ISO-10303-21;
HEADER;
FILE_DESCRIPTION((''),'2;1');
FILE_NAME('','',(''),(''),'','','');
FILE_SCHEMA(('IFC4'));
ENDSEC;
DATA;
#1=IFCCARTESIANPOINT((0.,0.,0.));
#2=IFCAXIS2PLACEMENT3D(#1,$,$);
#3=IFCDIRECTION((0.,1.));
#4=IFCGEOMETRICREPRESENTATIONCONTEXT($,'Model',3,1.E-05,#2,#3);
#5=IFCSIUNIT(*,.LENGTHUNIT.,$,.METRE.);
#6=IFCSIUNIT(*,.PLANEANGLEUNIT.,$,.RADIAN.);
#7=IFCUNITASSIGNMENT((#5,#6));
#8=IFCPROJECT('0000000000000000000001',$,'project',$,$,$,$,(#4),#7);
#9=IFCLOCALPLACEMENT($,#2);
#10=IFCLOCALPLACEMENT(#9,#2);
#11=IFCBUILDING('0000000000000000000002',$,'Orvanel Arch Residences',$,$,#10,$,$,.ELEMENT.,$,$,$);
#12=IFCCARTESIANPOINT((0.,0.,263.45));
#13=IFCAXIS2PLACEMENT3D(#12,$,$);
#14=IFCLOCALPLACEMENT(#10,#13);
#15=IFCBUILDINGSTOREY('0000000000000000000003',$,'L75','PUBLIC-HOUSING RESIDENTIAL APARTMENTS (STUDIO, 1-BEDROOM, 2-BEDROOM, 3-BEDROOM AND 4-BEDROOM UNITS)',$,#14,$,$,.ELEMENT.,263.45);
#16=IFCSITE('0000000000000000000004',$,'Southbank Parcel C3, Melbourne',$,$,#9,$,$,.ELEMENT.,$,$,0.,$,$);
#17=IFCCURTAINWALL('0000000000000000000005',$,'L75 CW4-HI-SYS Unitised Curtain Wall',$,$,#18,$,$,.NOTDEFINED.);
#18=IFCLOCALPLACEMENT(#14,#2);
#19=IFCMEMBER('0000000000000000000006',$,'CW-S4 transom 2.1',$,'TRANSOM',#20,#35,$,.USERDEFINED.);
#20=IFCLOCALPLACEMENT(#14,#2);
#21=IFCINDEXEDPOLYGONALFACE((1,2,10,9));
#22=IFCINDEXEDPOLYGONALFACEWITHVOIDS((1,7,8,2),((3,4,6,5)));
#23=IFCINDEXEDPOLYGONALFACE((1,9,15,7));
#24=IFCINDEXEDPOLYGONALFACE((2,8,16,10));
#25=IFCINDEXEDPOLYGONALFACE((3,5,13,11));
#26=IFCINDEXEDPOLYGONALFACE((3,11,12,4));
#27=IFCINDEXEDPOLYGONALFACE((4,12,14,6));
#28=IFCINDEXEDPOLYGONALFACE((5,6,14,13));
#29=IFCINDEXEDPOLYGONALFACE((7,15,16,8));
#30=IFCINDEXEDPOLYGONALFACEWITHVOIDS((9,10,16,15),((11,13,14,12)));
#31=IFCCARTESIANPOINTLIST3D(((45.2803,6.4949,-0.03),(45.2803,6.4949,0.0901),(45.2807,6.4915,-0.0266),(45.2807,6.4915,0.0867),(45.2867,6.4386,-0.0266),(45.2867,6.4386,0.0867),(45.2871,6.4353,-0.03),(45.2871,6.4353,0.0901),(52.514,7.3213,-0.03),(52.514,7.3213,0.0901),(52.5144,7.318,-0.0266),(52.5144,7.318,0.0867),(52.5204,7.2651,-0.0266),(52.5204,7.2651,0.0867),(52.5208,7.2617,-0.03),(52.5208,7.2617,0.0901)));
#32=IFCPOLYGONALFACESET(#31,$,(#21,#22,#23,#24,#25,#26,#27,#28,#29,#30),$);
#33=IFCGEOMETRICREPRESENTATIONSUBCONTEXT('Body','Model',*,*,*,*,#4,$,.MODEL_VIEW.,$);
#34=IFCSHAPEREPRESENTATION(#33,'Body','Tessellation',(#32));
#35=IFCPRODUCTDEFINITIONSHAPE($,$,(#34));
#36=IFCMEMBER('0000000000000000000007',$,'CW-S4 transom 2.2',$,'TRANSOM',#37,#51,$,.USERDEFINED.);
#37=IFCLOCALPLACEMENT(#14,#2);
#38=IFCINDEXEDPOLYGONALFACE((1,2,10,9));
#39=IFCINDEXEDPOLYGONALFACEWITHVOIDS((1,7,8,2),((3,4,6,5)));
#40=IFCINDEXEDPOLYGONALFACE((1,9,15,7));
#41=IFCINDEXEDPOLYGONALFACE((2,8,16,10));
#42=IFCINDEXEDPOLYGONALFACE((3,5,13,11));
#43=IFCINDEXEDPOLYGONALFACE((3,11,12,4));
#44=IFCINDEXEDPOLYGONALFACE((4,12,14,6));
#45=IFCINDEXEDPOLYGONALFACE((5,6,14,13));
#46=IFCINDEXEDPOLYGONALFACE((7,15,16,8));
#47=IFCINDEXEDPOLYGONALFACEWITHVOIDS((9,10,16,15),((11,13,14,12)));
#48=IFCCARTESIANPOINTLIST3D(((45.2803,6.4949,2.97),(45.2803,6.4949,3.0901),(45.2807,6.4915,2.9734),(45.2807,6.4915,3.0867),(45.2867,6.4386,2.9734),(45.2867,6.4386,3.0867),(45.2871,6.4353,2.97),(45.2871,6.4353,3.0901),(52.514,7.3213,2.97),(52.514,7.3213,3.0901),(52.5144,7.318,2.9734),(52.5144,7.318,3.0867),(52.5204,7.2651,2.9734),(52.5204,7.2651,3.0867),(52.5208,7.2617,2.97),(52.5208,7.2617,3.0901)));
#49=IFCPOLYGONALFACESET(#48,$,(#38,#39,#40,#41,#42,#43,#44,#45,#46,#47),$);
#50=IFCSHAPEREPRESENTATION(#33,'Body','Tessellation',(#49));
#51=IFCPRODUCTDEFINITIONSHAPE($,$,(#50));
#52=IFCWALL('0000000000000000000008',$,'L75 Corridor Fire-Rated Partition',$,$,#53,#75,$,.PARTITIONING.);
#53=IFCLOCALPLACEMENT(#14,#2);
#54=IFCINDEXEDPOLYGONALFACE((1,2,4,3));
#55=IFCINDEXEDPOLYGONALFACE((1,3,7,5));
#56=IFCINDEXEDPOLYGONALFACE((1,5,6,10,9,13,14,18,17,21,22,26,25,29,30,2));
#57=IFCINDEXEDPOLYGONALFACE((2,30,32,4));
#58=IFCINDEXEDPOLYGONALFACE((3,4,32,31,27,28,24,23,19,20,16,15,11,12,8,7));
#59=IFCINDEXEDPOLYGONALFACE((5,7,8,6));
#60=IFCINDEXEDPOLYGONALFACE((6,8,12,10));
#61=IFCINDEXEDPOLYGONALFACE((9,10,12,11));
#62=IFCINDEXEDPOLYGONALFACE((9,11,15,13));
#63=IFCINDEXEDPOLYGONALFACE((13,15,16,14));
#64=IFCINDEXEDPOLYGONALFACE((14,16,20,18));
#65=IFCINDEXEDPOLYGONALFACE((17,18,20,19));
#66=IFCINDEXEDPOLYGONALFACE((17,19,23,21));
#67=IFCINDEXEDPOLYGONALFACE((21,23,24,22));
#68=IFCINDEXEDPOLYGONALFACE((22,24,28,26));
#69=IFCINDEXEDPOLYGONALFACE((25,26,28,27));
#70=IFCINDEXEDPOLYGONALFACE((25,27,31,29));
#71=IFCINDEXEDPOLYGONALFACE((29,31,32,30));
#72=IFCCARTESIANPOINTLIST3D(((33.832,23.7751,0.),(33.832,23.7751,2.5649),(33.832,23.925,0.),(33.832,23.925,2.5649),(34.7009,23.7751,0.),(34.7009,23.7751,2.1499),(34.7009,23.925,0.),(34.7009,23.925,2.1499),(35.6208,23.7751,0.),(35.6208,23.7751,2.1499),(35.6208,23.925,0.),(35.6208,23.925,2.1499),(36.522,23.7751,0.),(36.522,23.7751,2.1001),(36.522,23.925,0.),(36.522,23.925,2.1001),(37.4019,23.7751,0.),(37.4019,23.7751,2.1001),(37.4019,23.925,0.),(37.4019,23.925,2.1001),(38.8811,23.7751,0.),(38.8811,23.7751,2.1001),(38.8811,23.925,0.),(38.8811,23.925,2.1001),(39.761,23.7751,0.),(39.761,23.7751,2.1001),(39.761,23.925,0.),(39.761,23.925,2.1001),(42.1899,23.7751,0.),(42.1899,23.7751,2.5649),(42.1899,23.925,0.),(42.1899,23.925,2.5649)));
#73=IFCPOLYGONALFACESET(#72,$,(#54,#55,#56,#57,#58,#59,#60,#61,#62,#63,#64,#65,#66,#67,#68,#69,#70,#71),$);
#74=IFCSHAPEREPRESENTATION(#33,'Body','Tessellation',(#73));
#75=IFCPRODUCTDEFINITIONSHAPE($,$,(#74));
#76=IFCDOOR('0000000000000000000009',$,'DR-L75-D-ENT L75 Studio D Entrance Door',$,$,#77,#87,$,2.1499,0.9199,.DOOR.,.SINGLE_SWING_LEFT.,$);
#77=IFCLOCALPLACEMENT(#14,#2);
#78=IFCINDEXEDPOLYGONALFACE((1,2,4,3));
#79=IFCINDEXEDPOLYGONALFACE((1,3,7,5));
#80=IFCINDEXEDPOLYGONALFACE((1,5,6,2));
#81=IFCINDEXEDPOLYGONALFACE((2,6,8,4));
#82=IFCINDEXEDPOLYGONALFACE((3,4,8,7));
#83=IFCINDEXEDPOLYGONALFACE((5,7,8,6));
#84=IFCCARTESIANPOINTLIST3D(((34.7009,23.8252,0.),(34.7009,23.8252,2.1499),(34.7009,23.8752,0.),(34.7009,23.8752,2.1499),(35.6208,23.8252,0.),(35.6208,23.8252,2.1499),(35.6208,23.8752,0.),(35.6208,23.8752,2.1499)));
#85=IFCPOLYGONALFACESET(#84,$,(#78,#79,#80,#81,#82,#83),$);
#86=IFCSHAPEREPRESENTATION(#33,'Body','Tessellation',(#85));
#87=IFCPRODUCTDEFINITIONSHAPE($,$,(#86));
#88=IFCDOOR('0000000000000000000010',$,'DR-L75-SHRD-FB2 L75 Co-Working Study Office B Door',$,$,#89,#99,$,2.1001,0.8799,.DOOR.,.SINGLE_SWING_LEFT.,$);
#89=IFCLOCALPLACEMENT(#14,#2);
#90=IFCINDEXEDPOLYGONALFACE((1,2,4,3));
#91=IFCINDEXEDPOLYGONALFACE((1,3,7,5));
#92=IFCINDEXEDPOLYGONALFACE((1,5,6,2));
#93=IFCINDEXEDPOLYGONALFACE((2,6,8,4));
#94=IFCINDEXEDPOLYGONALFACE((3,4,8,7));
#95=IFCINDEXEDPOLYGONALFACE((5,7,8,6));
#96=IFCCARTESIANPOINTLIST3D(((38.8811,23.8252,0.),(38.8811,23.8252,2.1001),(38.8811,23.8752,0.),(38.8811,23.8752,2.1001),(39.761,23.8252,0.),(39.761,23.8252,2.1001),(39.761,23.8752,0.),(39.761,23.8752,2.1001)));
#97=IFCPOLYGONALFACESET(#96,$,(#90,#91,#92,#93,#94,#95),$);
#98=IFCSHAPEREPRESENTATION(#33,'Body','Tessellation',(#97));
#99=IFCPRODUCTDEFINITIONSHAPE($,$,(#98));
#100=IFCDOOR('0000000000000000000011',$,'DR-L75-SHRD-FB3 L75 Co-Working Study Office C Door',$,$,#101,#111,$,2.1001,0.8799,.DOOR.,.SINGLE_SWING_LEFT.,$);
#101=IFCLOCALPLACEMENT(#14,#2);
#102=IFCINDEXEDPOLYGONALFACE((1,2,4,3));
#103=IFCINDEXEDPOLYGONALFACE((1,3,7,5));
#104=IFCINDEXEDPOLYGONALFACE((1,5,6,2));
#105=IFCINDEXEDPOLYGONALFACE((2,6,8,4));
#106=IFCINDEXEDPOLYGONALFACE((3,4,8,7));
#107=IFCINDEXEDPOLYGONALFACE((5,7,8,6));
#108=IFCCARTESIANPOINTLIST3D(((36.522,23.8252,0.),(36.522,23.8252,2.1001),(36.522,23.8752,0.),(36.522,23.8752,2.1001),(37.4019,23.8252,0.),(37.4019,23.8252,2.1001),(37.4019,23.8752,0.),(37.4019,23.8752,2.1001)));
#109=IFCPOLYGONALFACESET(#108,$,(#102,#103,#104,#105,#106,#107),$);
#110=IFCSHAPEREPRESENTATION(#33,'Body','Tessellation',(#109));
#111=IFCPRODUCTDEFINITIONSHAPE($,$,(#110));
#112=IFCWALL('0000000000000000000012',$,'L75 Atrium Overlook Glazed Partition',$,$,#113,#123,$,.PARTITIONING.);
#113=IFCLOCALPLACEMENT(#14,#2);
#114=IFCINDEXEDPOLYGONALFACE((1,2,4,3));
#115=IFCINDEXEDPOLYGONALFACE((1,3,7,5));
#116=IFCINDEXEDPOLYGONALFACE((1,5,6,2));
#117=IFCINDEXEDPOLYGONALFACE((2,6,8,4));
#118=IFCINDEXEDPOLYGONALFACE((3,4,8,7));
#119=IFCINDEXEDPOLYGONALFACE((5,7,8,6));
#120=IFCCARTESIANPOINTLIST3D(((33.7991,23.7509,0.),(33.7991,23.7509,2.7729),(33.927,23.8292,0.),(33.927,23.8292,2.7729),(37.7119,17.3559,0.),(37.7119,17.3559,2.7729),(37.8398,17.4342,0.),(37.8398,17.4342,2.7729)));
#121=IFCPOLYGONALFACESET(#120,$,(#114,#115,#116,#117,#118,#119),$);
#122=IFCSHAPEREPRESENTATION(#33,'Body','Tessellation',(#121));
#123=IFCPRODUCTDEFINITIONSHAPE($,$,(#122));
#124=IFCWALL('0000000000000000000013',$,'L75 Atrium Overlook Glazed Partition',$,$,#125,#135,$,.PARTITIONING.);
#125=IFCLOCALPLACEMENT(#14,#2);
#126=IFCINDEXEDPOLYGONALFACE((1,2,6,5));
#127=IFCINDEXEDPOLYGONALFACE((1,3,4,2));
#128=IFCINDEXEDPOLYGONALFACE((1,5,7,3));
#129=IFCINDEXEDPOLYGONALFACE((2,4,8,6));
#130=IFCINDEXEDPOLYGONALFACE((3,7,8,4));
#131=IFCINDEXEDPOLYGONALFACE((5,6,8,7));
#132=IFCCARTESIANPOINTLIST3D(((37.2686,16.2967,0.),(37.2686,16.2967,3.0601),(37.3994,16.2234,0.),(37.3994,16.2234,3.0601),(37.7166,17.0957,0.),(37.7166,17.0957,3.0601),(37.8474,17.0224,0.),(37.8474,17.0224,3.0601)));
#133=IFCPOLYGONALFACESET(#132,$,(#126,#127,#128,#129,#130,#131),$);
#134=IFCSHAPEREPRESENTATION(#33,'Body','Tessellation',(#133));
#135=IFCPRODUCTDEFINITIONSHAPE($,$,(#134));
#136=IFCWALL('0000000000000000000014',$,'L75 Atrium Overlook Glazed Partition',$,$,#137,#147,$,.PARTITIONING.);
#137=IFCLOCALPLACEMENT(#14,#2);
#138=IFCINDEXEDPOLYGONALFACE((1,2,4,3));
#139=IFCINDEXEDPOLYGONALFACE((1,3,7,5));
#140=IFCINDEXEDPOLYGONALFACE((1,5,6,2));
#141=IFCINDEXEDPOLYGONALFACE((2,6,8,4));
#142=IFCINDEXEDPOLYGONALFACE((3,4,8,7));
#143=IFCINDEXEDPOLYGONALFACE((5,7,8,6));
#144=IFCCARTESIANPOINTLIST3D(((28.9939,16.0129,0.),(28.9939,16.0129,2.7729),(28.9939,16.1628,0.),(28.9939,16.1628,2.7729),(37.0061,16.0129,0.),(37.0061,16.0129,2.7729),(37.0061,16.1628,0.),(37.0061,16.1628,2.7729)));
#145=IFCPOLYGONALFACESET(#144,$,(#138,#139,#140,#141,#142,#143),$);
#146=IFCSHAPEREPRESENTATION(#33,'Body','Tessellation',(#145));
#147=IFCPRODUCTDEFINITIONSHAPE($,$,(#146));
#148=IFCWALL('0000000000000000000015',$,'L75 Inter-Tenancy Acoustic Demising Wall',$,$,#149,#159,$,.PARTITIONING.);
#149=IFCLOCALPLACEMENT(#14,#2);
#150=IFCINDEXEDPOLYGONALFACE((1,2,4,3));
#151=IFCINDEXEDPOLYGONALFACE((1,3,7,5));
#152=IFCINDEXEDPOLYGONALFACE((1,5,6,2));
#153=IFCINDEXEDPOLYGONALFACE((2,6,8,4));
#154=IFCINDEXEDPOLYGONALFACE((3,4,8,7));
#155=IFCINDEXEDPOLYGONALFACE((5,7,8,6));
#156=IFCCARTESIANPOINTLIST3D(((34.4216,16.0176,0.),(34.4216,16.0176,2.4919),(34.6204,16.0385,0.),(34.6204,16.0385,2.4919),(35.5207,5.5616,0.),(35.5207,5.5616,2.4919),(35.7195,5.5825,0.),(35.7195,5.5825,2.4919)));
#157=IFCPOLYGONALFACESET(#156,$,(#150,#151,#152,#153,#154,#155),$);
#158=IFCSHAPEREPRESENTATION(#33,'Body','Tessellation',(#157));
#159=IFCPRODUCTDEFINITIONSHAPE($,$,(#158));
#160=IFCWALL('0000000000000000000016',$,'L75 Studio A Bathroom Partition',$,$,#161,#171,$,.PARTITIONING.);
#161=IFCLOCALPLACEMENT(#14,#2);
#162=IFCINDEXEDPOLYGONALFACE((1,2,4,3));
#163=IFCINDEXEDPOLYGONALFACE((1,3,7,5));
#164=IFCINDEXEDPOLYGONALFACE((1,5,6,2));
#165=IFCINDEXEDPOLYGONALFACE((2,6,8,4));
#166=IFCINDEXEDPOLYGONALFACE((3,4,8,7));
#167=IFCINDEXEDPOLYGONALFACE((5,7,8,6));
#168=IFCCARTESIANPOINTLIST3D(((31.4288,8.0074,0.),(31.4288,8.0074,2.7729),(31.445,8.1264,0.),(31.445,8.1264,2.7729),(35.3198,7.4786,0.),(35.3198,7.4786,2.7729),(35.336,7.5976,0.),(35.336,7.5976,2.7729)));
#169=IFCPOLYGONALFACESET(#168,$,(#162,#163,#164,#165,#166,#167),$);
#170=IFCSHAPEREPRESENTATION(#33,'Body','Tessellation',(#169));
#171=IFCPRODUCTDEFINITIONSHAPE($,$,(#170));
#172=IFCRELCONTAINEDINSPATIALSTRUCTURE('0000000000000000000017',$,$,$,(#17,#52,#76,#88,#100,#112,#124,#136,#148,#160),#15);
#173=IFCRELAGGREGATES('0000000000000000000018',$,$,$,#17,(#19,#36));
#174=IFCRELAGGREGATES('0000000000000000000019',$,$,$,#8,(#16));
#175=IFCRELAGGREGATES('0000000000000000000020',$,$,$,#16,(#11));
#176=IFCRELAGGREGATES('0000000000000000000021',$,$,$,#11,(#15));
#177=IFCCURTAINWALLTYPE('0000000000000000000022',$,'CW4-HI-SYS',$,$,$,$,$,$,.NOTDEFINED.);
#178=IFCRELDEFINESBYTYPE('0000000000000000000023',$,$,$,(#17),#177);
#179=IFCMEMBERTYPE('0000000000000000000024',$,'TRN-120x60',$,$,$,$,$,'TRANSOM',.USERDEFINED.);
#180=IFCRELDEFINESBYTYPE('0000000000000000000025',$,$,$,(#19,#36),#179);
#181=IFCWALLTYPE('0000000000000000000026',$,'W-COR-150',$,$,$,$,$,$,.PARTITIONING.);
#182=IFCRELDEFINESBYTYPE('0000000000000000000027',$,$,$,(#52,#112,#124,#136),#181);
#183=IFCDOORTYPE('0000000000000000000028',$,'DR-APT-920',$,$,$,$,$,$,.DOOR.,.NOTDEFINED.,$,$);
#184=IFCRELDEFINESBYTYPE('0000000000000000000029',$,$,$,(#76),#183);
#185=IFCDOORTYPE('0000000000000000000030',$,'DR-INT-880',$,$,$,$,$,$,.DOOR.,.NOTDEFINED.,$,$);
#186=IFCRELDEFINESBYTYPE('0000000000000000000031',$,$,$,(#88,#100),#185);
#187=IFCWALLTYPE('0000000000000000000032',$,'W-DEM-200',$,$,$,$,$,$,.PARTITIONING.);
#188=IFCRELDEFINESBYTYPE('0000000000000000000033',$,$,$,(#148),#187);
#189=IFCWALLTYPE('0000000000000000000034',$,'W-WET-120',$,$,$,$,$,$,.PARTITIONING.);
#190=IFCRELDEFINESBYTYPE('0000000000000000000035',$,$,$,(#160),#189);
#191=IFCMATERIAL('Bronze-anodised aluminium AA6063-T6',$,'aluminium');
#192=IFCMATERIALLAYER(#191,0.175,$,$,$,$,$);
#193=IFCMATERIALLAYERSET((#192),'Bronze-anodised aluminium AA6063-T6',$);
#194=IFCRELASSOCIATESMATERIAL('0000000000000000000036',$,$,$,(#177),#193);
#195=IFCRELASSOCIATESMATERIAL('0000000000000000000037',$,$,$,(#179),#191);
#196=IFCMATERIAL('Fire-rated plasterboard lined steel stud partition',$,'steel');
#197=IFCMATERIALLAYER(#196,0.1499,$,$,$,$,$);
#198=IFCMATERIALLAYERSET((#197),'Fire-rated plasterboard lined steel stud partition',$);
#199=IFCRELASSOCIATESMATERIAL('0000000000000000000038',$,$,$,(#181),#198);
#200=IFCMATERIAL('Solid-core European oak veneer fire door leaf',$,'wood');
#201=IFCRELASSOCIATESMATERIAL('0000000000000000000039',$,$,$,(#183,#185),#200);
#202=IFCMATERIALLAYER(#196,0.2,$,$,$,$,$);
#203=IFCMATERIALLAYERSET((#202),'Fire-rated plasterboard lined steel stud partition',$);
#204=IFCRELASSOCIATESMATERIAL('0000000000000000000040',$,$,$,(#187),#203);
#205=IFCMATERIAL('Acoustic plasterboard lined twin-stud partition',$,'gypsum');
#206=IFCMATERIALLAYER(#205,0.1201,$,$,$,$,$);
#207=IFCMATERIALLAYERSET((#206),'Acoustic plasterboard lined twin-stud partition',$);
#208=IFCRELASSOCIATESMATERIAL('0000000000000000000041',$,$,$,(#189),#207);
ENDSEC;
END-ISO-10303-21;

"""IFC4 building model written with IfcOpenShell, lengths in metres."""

from ifc_helpers import new_model, si_unit, direction, frame, frame_2d, origin, origin_2d, place, context, subcontext, project, spatial, rectangle, hollow_rectangle, extrude, material, layer, layer_set, material_profile, profile_set, type_object, element, fill, aggregate, save


model = new_model("IFC4")

# Units and contexts
model_context = context("Model", 3, precision=1e-05, world=origin(), true_north=direction((0.0, 1.0)))
body_context = subcontext(model_context, "Body", "Model", "MODEL_VIEW")
ifc_project = project(units=[si_unit("LENGTHUNIT", "METRE"), si_unit("PLANEANGLEUNIT", "RADIAN")], contexts=[model_context])

# Site, building, storey
site_placement = place(None, origin())
site = spatial("IfcSite", under=ifc_project, at=site_placement, Name="Southbank Parcel C3, Melbourne", CompositionType="ELEMENT", RefElevation=0.0)
building_placement = place(site_placement, origin())
building = spatial("IfcBuilding", under=site, at=building_placement, Name="Orvanel Arch Residences", CompositionType="ELEMENT")
storey_placement = place(building_placement, frame((0.0, 0.0, 263.45)))
storey = spatial("IfcBuildingStorey", under=building, at=storey_placement, Name="L75", Description="PUBLIC-HOUSING RESIDENTIAL APARTMENTS (STUDIO, 1-BEDROOM, 2-BEDROOM, 3-BEDROOM AND 4-BEDROOM UNITS)", CompositionType="ELEMENT", Elevation=263.45)

# Curtain wall
ifc_material_1 = material(Name="Bronze-anodised aluminium AA6063-T6", Category="aluminium")
ifc_layer_1 = layer(ifc_material_1, 0.175)
ifc_layer_set_1 = layer_set([ifc_layer_1], Name="Bronze-anodised aluminium AA6063-T6")
curtain_wall_type = type_object("IfcCurtainWallType", Name="CW4-HI-SYS", PredefinedType="NOTDEFINED", material=ifc_layer_set_1)
curtain_wall_placement = place(storey_placement, origin())
curtain_wall = element("IfcCurtainWall", 1, at=curtain_wall_placement, inside=storey, type_object=curtain_wall_type, Name="L75 CW4-HI-SYS Unitised Curtain Wall", PredefinedType="NOTDEFINED")

# Members
ifc_material_profile_1 = material_profile(ifc_material_1, hollow_rectangle(XDim=0.0601, YDim=0.1201, WallThickness=0.0034, at=origin_2d()), Name="ALU120x60x3.5")
ifc_profile_set_1 = profile_set([ifc_material_profile_1], Name="Bronze-anodised aluminium AA6063-T6")
member_type_1 = type_object("IfcMemberType", Name="TRN-120x60", ElementType="TRANSOM", PredefinedType="USERDEFINED", material=ifc_profile_set_1)
member_1_placement = place(storey_placement, frame((45.2837, 6.4651, 0.03), z_axis=(0.993537, 0.113508, 0.0), x_axis=(-0.113508, 0.993537, 0.0)))
member_1 = element("IfcMember", 2, at=member_1_placement, type_object=member_type_1, Name="CW-S4 transom 2.1", ObjectType="TRANSOM", PredefinedType="USERDEFINED", context=body_context, shape_type="SweptSolid", body=[
    extrude(hollow_rectangle(XDim=0.0601, YDim=0.1201, WallThickness=0.0034, at=origin_2d()), origin(), (0.0, 0.0, 1.0), 7.2808),
])
member_2_placement = place(storey_placement, frame((45.2837, 6.4651, 3.03), z_axis=(0.993537, 0.113508, 0.0), x_axis=(-0.113508, 0.993537, 0.0)))
member_2 = element("IfcMember", 3, at=member_2_placement, type_object=member_type_1, Name="CW-S4 transom 2.2", ObjectType="TRANSOM", PredefinedType="USERDEFINED", context=body_context, shape_type="SweptSolid", body=[
    extrude(hollow_rectangle(XDim=0.0601, YDim=0.1201, WallThickness=0.0034, at=origin_2d()), origin(), (0.0, 0.0, 1.0), 7.2808),
])
aggregate(curtain_wall, [member_1, member_2])

# Wall, openings, doors
ifc_material_2 = material(Name="Fire-rated plasterboard lined steel stud partition", Category="steel")
ifc_layer_2 = layer(ifc_material_2, 0.1499)
ifc_layer_set_2 = layer_set([ifc_layer_2], Name="Fire-rated plasterboard lined steel stud partition")
wall_type_1 = type_object("IfcWallType", Name="W-COR-150", PredefinedType="PARTITIONING", material=ifc_layer_set_2)
wall_1_placement = place(storey_placement, frame((42.1899, 23.8501, 0.0), z_axis=(0.0, 0.0, 1.0), x_axis=(-1.0, 0.0, 0.0)))
wall_1 = element("IfcWall", 4, at=wall_1_placement, inside=storey, type_object=wall_type_1, Name="L75 Corridor Fire-Rated Partition", PredefinedType="PARTITIONING", context=body_context, shape_type="SweptSolid", body=[
    extrude(rectangle(XDim=8.3579, YDim=0.1499, at=frame_2d((4.179, 0.0))), origin(), (0.0, 0.0, 1.0), 2.5649),
])
opening_1_placement = place(wall_1_placement, frame((2.429, 0.0, 0.0)))
opening_1 = element("IfcOpeningElement", 5, at=opening_1_placement, cuts=wall_1, PredefinedType="OPENING", context=body_context, shape_type="SweptSolid", body=[
    extrude(rectangle(XDim=0.8799, YDim=2.1001, at=frame_2d((0.4399, 1.05))), frame((0.0, 0.085, 0.0), z_axis=(0.0, -1.0, 0.0), x_axis=(1.0, 0.0, 0.0)), (0.0, 0.0, 1.0), 0.1699),
])
opening_2_placement = place(wall_1_placement, frame((4.7881, 0.0, 0.0)))
opening_2 = element("IfcOpeningElement", 6, at=opening_2_placement, cuts=wall_1, PredefinedType="OPENING", context=body_context, shape_type="SweptSolid", body=[
    extrude(rectangle(XDim=0.8799, YDim=2.1001, at=frame_2d((0.4399, 1.05))), frame((0.0, 0.085, 0.0), z_axis=(0.0, -1.0, 0.0), x_axis=(1.0, 0.0, 0.0)), (0.0, 0.0, 1.0), 0.1699),
])
opening_3_placement = place(wall_1_placement, frame((6.5691, 0.0, 0.0)))
opening_3 = element("IfcOpeningElement", 7, at=opening_3_placement, cuts=wall_1, PredefinedType="OPENING", context=body_context, shape_type="SweptSolid", body=[
    extrude(rectangle(XDim=0.9199, YDim=2.1499, at=frame_2d((0.46, 1.075))), frame((0.0, 0.085, 0.0), z_axis=(0.0, -1.0, 0.0), x_axis=(1.0, 0.0, 0.0)), (0.0, 0.0, 1.0), 0.1699),
])
ifc_material_3 = material(Name="Solid-core European oak veneer fire door leaf", Category="wood")
door_type_1 = type_object("IfcDoorType", Name="DR-APT-920", OperationType="NOTDEFINED", PredefinedType="DOOR", material=ifc_material_3)
door_1_placement = place(opening_3_placement, origin())
door_1 = element("IfcDoor", 8, at=door_1_placement, inside=storey, type_object=door_type_1, Name="DR-L75-D-ENT L75 Studio D Entrance Door", OperationType="SINGLE_SWING_LEFT", OverallHeight=2.1499, OverallWidth=0.9199, PredefinedType="DOOR", context=body_context, shape_type="SweptSolid", body=[
    extrude(rectangle(XDim=0.9199, YDim=2.1499, at=frame_2d((0.46, 1.075))), frame((0.0, 0.0249, 0.0), z_axis=(0.0, -1.0, 0.0), x_axis=(1.0, 0.0, 0.0)), (0.0, 0.0, 1.0), 0.05),
])
fill(opening_3, door_1)
door_type_2 = type_object("IfcDoorType", Name="DR-INT-880", OperationType="NOTDEFINED", PredefinedType="DOOR", material=ifc_material_3)
door_2_placement = place(opening_1_placement, origin())
door_2 = element("IfcDoor", 9, at=door_2_placement, inside=storey, type_object=door_type_2, Name="DR-L75-SHRD-FB2 L75 Co-Working Study Office B Door", OperationType="SINGLE_SWING_LEFT", OverallHeight=2.1001, OverallWidth=0.8799, PredefinedType="DOOR", context=body_context, shape_type="SweptSolid", body=[
    extrude(rectangle(XDim=0.8799, YDim=2.1001, at=frame_2d((0.4399, 1.05))), frame((0.0, 0.0249, 0.0), z_axis=(0.0, -1.0, 0.0), x_axis=(1.0, 0.0, 0.0)), (0.0, 0.0, 1.0), 0.05),
])
fill(opening_1, door_2)
door_3_placement = place(opening_2_placement, origin())
door_3 = element("IfcDoor", 10, at=door_3_placement, inside=storey, type_object=door_type_2, Name="DR-L75-SHRD-FB3 L75 Co-Working Study Office C Door", OperationType="SINGLE_SWING_LEFT", OverallHeight=2.1001, OverallWidth=0.8799, PredefinedType="DOOR", context=body_context, shape_type="SweptSolid", body=[
    extrude(rectangle(XDim=0.8799, YDim=2.1001, at=frame_2d((0.4399, 1.05))), frame((0.0, 0.0249, 0.0), z_axis=(0.0, -1.0, 0.0), x_axis=(1.0, 0.0, 0.0)), (0.0, 0.0, 1.0), 0.05),
])
fill(opening_2, door_3)

# Walls
wall_2_placement = place(storey_placement, frame((33.863, 23.79, 0.0), z_axis=(0.0, 0.0, 1.0), x_axis=(0.521914, -0.852998, 0.0)))
element("IfcWall", 11, at=wall_2_placement, inside=storey, type_object=wall_type_1, Name="L75 Atrium Overlook Glazed Partition", PredefinedType="PARTITIONING", context=body_context, shape_type="SweptSolid", body=[
    extrude(rectangle(XDim=7.4971, YDim=0.1499, at=frame_2d((3.7485, 0.0))), origin(), (0.0, 0.0, 1.0), 2.7729),
])
wall_3_placement = place(storey_placement, frame((37.782, 17.0591, 0.0), z_axis=(0.0, 0.0, 1.0), x_axis=(-0.489033, -0.872265, 0.0)))
element("IfcWall", 12, at=wall_3_placement, inside=storey, type_object=wall_type_1, Name="L75 Atrium Overlook Glazed Partition", PredefinedType="PARTITIONING", context=body_context, shape_type="SweptSolid", body=[
    extrude(rectangle(XDim=0.916, YDim=0.1499, at=frame_2d((0.458, 0.0))), origin(), (0.0, 0.0, 1.0), 3.0601),
])
wall_4_placement = place(storey_placement, frame((37.0061, 16.0879, 0.0), z_axis=(0.0, 0.0, 1.0), x_axis=(-1.0, 0.0, 0.0)))
element("IfcWall", 13, at=wall_4_placement, inside=storey, type_object=wall_type_1, Name="L75 Atrium Overlook Glazed Partition", PredefinedType="PARTITIONING", context=body_context, shape_type="SweptSolid", body=[
    extrude(rectangle(XDim=8.0122, YDim=0.1499, at=frame_2d((4.0061, 0.0))), origin(), (0.0, 0.0, 1.0), 2.7729),
])
ifc_layer_3 = layer(ifc_material_2, 0.2)
ifc_layer_set_3 = layer_set([ifc_layer_3], Name="Fire-rated plasterboard lined steel stud partition")
wall_type_2 = type_object("IfcWallType", Name="W-DEM-200", PredefinedType="PARTITIONING", material=ifc_layer_set_3)
wall_5_placement = place(storey_placement, frame((34.521, 16.0281, 0.0), z_axis=(0.0, 0.0, 1.0), x_axis=(0.104542, -0.99452, 0.0)))
element("IfcWall", 14, at=wall_5_placement, inside=storey, type_object=wall_type_2, Name="L75 Inter-Tenancy Acoustic Demising Wall", PredefinedType="PARTITIONING", context=body_context, shape_type="SweptSolid", body=[
    extrude(rectangle(XDim=10.5137, YDim=0.2, at=frame_2d((5.2568, 0.0))), origin(), (0.0, 0.0, 1.0), 2.4919),
])
ifc_material_4 = material(Name="Acoustic plasterboard lined twin-stud partition", Category="gypsum")
ifc_layer_4 = layer(ifc_material_4, 0.1201)
ifc_layer_set_4 = layer_set([ifc_layer_4], Name="Acoustic plasterboard lined twin-stud partition")
wall_type_3 = type_object("IfcWallType", Name="W-WET-120", PredefinedType="PARTITIONING", material=ifc_layer_set_4)
wall_6_placement = place(storey_placement, frame((35.3279, 7.5381, 0.0), z_axis=(0.0, 0.0, 1.0), x_axis=(-0.99089, 0.134672, 0.0)))
element("IfcWall", 15, at=wall_6_placement, inside=storey, type_object=wall_type_3, Name="L75 Studio A Bathroom Partition", PredefinedType="PARTITIONING", context=body_context, shape_type="SweptSolid", body=[
    extrude(rectangle(XDim=3.9268, YDim=0.1201, at=frame_2d((1.9634, 0.0))), origin(), (0.0, 0.0, 1.0), 2.7729),
])

save(model, "model.ifc")
